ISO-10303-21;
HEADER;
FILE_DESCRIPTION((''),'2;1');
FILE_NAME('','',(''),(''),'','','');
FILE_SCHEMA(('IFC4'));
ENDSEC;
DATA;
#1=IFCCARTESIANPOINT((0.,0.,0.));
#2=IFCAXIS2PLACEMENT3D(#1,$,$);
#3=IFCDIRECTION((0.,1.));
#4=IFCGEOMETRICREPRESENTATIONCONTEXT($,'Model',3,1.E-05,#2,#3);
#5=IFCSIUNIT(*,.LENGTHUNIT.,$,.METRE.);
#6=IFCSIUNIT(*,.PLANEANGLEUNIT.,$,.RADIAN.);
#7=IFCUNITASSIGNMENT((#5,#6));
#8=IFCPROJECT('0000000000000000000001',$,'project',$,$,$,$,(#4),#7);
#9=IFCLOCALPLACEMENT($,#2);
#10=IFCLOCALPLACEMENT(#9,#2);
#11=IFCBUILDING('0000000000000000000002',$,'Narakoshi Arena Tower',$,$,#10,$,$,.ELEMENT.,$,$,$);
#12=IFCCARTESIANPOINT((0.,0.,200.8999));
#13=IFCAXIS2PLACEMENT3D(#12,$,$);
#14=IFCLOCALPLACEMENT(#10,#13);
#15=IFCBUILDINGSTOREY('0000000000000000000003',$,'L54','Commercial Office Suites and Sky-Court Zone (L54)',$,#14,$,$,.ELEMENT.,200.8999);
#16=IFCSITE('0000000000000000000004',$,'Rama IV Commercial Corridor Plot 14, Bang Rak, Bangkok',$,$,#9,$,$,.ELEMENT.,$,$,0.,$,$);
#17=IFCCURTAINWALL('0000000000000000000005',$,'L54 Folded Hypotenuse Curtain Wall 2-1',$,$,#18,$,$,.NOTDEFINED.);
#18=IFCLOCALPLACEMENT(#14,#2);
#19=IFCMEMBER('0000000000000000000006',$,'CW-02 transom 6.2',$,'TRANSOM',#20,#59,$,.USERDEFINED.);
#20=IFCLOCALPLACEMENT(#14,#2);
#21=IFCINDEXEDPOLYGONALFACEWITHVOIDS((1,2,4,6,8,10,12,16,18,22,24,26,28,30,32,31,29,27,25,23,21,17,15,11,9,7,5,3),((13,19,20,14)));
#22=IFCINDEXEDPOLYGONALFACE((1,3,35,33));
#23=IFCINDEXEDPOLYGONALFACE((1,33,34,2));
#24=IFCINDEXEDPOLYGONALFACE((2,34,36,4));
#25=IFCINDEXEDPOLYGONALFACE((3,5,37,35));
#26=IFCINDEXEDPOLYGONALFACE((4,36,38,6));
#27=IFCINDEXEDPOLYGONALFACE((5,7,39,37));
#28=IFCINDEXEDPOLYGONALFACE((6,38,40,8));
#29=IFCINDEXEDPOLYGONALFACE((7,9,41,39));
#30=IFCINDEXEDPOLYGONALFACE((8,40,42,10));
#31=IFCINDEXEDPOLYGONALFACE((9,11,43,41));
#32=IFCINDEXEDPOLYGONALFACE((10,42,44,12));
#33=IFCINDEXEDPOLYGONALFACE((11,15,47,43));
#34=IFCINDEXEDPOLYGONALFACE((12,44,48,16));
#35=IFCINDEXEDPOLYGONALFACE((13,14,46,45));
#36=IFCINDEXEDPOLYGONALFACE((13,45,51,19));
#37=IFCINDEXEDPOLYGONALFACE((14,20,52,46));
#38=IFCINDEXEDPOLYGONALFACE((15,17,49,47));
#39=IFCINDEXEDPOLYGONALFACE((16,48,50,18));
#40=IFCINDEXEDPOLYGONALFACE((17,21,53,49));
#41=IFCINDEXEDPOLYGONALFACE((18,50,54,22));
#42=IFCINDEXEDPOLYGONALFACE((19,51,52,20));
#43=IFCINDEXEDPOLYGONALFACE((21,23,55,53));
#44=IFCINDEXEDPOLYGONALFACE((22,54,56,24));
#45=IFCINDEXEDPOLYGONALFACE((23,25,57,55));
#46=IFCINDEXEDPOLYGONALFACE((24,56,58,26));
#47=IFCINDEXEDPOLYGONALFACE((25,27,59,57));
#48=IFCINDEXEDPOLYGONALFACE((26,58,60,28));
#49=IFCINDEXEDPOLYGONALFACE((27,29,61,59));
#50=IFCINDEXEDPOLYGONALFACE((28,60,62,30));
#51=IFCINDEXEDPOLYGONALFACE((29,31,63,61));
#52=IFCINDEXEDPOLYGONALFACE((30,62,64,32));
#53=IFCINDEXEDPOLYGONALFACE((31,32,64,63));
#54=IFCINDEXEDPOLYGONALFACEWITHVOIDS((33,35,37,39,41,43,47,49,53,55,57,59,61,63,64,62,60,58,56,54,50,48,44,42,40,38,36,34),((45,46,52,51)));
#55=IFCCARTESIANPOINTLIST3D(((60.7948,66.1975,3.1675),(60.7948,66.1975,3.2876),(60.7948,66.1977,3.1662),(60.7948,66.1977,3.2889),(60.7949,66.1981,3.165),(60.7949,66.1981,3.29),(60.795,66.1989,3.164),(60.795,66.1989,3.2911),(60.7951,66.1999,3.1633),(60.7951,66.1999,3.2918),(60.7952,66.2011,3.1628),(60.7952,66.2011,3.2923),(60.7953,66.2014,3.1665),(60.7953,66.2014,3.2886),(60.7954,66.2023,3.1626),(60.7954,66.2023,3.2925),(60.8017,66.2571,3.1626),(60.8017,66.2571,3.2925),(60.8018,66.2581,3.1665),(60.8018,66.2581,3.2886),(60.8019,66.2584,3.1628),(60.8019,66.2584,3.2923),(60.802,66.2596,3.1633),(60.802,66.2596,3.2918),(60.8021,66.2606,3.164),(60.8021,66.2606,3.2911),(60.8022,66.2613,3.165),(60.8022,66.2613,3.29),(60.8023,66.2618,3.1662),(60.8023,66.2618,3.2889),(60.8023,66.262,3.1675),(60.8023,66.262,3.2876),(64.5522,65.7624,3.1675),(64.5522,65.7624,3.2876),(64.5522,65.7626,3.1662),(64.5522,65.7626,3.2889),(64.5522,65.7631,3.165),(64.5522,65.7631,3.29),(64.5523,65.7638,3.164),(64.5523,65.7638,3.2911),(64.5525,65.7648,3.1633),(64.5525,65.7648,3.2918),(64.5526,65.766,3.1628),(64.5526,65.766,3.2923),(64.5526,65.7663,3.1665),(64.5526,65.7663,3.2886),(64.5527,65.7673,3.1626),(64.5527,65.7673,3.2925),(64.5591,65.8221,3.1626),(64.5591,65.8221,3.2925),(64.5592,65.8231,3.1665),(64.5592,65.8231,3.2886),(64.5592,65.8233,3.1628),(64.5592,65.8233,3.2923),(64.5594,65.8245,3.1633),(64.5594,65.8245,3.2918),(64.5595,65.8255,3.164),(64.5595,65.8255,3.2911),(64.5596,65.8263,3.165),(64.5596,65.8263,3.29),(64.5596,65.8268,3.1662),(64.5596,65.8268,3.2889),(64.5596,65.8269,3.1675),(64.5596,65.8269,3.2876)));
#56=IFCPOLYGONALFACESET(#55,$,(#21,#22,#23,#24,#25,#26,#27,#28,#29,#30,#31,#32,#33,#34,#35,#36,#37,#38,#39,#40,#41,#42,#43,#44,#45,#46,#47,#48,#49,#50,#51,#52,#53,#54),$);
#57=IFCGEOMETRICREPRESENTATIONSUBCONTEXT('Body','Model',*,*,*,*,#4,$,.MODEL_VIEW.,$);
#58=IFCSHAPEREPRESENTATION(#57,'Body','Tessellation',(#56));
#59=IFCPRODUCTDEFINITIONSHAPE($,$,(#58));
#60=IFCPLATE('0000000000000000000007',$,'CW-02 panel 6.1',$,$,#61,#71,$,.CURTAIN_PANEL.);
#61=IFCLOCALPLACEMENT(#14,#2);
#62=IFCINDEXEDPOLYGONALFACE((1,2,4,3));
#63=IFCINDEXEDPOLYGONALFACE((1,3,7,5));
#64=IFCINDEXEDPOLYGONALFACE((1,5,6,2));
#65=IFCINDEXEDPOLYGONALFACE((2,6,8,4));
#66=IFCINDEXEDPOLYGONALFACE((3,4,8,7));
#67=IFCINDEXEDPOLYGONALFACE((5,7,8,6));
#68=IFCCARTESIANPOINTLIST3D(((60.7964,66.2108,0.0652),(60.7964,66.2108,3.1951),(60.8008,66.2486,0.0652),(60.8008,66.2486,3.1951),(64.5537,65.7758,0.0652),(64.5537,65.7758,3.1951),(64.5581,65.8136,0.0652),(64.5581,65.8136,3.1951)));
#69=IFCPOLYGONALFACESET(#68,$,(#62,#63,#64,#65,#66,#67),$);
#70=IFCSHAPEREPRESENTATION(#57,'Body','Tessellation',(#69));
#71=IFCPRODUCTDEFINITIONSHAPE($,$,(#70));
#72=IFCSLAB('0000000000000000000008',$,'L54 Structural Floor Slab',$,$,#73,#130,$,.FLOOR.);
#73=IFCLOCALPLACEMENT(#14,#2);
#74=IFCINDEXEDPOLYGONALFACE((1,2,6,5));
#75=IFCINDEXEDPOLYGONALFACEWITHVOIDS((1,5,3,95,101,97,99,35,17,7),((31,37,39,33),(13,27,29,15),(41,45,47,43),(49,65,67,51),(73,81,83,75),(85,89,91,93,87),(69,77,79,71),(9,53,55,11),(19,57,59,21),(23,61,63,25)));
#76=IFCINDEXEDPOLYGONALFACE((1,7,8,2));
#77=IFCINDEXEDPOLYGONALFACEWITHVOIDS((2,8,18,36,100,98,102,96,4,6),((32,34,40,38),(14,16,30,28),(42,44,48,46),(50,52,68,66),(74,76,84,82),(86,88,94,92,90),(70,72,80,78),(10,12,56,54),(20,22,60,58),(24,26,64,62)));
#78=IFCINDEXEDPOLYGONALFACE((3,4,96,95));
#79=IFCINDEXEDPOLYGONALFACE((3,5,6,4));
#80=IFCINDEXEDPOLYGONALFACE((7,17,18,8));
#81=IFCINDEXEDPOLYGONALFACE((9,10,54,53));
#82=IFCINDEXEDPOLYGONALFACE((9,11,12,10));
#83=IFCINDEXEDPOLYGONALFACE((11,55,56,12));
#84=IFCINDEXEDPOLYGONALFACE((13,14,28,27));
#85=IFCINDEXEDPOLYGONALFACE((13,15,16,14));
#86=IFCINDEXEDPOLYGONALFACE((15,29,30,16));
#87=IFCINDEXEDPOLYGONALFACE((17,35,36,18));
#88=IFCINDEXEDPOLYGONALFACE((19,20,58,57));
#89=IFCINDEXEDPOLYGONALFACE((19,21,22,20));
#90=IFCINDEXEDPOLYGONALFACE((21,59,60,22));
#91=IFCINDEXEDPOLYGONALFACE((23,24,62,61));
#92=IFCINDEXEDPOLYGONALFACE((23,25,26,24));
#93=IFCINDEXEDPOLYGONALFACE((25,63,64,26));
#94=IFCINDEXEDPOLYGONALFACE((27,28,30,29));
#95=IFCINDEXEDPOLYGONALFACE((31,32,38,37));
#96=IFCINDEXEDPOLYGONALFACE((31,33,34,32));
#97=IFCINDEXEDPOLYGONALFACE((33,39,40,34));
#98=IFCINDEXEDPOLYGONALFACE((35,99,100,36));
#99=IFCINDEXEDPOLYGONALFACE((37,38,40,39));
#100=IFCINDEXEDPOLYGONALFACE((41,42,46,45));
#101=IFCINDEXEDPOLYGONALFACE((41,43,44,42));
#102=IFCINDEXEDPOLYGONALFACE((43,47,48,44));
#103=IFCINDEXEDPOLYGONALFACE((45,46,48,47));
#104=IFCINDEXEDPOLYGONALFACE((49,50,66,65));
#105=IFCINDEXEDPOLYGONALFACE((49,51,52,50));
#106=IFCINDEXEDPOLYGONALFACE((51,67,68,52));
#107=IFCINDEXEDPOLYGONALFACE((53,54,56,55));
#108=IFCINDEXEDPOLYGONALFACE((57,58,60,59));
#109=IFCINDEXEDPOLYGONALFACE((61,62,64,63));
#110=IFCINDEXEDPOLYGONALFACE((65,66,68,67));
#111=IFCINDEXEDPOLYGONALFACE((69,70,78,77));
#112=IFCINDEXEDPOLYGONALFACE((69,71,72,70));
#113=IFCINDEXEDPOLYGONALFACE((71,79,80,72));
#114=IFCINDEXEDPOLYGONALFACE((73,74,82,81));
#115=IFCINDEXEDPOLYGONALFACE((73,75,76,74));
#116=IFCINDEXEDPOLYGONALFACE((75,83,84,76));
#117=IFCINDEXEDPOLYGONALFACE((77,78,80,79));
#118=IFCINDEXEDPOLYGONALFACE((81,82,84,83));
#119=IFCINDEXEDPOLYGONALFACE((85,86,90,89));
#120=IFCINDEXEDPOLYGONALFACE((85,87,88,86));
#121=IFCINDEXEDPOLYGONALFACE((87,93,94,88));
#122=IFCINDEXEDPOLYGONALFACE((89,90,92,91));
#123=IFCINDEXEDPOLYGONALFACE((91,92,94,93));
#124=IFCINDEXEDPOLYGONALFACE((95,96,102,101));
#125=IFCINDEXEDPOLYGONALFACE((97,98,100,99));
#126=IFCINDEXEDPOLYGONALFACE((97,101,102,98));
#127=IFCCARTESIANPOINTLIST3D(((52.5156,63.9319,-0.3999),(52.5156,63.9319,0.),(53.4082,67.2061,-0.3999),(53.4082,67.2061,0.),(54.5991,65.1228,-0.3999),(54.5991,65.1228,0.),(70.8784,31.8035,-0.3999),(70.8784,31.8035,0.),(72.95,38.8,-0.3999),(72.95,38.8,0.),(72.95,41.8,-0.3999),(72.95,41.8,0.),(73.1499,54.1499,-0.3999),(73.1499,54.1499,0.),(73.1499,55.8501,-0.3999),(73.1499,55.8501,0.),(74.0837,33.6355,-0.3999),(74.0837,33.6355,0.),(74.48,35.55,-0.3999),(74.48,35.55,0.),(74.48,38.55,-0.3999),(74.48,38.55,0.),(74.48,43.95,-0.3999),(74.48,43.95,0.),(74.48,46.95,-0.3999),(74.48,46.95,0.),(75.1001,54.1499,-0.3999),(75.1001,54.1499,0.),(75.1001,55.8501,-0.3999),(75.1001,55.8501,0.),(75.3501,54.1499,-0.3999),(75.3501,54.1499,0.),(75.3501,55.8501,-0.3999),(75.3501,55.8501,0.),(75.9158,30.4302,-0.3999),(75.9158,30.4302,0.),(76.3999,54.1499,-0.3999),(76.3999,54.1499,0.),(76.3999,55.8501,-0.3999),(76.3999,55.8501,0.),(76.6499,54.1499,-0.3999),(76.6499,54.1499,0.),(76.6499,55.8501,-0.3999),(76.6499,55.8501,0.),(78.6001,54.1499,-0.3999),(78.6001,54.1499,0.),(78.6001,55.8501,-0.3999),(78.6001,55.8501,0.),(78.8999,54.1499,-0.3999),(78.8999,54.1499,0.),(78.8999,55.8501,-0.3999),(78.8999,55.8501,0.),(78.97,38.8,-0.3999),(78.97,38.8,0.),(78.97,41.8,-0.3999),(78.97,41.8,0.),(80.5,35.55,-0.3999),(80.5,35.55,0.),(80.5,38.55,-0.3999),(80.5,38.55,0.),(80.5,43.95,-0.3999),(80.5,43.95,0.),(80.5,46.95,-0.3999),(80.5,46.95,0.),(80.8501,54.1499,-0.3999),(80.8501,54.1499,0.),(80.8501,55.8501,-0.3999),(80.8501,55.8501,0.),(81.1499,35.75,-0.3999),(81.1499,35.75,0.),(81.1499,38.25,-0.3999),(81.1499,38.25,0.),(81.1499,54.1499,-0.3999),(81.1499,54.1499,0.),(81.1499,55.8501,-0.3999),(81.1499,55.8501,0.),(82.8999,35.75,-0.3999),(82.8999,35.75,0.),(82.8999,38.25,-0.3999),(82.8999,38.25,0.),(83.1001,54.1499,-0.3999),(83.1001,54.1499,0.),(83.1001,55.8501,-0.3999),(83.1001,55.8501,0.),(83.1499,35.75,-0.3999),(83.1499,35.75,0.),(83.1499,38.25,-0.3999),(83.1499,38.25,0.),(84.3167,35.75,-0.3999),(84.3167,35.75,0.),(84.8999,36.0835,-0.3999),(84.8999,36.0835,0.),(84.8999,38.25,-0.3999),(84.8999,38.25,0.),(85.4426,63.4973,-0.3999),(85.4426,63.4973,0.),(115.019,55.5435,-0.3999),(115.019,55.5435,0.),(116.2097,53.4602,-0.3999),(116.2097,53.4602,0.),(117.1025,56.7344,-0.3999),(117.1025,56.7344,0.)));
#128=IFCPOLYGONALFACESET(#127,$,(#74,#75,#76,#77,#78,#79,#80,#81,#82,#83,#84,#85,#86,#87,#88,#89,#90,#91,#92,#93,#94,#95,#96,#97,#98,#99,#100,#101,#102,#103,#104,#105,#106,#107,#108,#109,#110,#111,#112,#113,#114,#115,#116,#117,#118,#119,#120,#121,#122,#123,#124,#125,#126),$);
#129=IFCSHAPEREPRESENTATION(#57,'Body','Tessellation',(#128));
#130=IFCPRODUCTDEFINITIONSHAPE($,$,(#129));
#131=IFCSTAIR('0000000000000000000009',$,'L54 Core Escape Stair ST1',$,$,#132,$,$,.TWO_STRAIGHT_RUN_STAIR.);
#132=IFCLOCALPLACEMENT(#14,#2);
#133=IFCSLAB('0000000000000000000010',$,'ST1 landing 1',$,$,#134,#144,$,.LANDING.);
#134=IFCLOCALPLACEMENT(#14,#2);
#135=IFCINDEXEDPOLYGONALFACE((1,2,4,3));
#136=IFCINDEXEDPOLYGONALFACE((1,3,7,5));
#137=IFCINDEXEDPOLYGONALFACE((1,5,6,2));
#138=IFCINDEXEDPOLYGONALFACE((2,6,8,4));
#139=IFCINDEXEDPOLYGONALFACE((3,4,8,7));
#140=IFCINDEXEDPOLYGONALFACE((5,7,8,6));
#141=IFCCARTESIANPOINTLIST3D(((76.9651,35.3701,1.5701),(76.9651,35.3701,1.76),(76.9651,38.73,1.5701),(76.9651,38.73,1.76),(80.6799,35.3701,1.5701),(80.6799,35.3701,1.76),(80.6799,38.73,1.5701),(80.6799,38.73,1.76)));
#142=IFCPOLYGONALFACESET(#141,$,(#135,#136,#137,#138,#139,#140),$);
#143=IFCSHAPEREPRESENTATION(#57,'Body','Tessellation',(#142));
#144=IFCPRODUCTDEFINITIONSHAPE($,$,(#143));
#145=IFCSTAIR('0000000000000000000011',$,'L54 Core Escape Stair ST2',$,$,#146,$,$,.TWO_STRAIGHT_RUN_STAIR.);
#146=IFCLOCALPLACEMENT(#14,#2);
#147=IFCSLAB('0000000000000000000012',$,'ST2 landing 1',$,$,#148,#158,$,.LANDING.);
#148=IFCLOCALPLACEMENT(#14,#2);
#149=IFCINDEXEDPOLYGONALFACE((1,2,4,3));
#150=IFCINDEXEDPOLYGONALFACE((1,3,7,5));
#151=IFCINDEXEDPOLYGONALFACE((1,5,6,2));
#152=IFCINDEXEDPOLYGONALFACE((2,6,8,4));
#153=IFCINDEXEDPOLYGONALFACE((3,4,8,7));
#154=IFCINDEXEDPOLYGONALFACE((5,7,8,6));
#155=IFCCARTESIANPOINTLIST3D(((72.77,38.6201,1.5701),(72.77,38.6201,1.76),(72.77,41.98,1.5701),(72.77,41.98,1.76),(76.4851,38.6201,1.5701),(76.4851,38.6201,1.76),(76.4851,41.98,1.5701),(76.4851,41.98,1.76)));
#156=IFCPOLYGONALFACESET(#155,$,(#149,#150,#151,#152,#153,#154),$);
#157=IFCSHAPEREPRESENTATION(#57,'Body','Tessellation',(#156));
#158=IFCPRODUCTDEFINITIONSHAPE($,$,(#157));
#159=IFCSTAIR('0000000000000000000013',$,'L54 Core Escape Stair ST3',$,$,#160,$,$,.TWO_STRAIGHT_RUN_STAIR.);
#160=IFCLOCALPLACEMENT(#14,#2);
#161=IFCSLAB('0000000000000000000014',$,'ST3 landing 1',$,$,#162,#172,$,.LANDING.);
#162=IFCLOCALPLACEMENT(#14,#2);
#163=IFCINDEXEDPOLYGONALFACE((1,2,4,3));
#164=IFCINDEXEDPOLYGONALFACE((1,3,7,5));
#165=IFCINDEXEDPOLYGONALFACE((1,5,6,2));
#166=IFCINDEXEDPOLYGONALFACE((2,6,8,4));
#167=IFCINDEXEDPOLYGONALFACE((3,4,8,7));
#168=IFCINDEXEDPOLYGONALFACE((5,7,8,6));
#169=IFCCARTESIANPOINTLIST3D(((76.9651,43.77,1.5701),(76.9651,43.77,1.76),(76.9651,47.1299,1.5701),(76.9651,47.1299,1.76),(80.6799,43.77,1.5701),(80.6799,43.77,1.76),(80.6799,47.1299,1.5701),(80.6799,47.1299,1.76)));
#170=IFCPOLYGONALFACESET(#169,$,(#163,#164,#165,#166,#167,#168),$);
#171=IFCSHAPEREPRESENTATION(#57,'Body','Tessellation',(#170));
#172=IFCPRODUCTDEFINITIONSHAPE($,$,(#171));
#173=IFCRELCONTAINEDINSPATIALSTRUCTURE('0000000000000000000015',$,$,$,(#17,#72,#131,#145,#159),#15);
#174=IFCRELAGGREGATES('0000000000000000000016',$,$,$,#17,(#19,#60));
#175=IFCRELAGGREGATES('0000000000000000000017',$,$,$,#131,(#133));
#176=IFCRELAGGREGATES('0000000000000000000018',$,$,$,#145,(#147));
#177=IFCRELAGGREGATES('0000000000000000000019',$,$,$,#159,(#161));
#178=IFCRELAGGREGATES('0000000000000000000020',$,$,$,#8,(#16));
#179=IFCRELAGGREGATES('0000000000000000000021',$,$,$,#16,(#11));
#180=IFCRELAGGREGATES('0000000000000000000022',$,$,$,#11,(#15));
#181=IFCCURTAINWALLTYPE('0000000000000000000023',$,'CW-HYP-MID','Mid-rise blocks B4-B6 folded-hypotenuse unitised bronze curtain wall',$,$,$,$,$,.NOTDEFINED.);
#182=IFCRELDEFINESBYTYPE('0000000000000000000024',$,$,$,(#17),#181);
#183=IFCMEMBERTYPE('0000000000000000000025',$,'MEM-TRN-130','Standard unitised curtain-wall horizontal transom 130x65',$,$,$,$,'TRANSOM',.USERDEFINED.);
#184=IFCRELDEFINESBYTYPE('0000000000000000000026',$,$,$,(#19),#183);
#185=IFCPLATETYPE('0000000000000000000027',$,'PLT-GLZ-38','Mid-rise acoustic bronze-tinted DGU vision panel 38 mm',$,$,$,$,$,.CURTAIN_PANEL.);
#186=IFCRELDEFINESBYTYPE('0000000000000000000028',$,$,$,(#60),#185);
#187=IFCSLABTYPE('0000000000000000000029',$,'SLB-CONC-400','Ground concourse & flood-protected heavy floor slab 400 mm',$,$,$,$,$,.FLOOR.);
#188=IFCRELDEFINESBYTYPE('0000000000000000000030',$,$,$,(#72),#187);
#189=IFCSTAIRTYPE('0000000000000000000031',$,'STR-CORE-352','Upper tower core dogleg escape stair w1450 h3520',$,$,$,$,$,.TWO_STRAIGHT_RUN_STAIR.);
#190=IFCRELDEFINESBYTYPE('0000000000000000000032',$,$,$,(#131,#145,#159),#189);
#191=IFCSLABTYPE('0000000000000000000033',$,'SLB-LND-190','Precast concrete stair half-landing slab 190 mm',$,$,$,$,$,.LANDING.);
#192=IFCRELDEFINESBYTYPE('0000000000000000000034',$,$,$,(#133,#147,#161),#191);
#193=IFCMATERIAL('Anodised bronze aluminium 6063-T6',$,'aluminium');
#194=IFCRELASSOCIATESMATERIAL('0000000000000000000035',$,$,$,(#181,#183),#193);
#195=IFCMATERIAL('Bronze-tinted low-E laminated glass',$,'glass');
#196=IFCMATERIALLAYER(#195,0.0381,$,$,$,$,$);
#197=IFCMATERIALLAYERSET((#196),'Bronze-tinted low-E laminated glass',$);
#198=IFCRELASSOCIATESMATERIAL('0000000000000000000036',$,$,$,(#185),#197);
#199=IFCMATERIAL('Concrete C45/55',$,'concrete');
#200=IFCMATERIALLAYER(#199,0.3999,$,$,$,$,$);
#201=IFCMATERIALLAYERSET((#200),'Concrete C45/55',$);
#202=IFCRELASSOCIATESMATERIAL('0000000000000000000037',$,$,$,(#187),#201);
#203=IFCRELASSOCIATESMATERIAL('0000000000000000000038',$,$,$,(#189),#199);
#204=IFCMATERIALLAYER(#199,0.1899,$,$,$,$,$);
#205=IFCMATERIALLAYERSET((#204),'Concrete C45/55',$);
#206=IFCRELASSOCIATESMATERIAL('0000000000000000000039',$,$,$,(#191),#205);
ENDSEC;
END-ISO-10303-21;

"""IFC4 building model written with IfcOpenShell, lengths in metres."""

from ifc_helpers import new_model, si_unit, direction, frame, origin, origin_2d, place, context, subcontext, project, spatial, polyline, rectangle, hollow_rectangle, outline, extrude, material, layer, layer_set, material_profile, profile_set, type_object, element, aggregate, save


model = new_model("IFC4")

# Units and contexts
model_context = context("Model", 3, precision=1e-05, world=origin(), true_north=direction((0.0, 1.0)))
body_context = subcontext(model_context, "Body", "Model", "MODEL_VIEW")
ifc_project = project(units=[si_unit("LENGTHUNIT", "METRE"), si_unit("PLANEANGLEUNIT", "RADIAN")], contexts=[model_context])

# Site, building, storey
site_placement = place(None, origin())
site = spatial("IfcSite", under=ifc_project, at=site_placement, Name="Rama IV Commercial Corridor Plot 14, Bang Rak, Bangkok", CompositionType="ELEMENT", RefElevation=0.0)
building_placement = place(site_placement, origin())
building = spatial("IfcBuilding", under=site, at=building_placement, Name="Narakoshi Arena Tower", CompositionType="ELEMENT")
storey_placement = place(building_placement, frame((0.0, 0.0, 200.8999)))
storey = spatial("IfcBuildingStorey", under=building, at=storey_placement, Name="L54", Description="Commercial Office Suites and Sky-Court Zone (L54)", CompositionType="ELEMENT", Elevation=200.8999)

# Curtain wall, member, plate
ifc_material_1 = material(Name="Anodised bronze aluminium 6063-T6", Category="aluminium")
curtain_wall_type = type_object("IfcCurtainWallType", Name="CW-HYP-MID", Description="Mid-rise blocks B4-B6 folded-hypotenuse unitised bronze curtain wall", PredefinedType="NOTDEFINED", material=ifc_material_1)
curtain_wall_placement = place(storey_placement, origin())
curtain_wall = element("IfcCurtainWall", 1, at=curtain_wall_placement, inside=storey, type_object=curtain_wall_type, Name="L54 Folded Hypotenuse Curtain Wall 2-1", PredefinedType="NOTDEFINED")
ifc_material_profile_1 = material_profile(ifc_material_1, hollow_rectangle(XDim=0.0649, YDim=0.1299, WallThickness=0.0039, OuterFilletRadius=0.0049, at=origin_2d()), Name="TRN130x65x4")
ifc_profile_set_1 = profile_set([ifc_material_profile_1], Name="Anodised bronze aluminium 6063-T6")
member_type_1 = type_object("IfcMemberType", Name="MEM-TRN-130", Description="Standard unitised curtain-wall horizontal transom 130x65", ElementType="TRANSOM", PredefinedType="USERDEFINED", material=ifc_profile_set_1)
member_1_placement = place(storey_placement, frame((64.5559, 65.7947, 3.2275), z_axis=(-0.993363, 0.115021, 0.0), x_axis=(-0.115021, -0.993363, 0.0)))
member_1 = element("IfcMember", 2, at=member_1_placement, type_object=member_type_1, Name="CW-02 transom 6.2", ObjectType="TRANSOM", PredefinedType="USERDEFINED", context=body_context, shape_type="SweptSolid", body=[
    extrude(hollow_rectangle(XDim=0.0649, YDim=0.1299, WallThickness=0.0039, OuterFilletRadius=0.0049, at=origin_2d()), origin(), (0.0, 0.0, 1.0), 3.7825),
])
ifc_material_2 = material(Name="Bronze-tinted low-E laminated glass", Category="glass")
ifc_layer_1 = layer(ifc_material_2, 0.0381)
ifc_layer_set_1 = layer_set([ifc_layer_1], Name="Bronze-tinted low-E laminated glass")
plate_type = type_object("IfcPlateType", Name="PLT-GLZ-38", Description="Mid-rise acoustic bronze-tinted DGU vision panel 38 mm", PredefinedType="CURTAIN_PANEL", material=ifc_layer_set_1)
plate_placement = place(storey_placement, frame((62.6772, 66.0122, 0.0652), z_axis=(0.0, 0.0, 1.0), x_axis=(-0.993364, 0.115011, 0.0)))
plate = element("IfcPlate", 3, at=plate_placement, type_object=plate_type, Name="CW-02 panel 6.1", PredefinedType="CURTAIN_PANEL", context=body_context, shape_type="SweptSolid", body=[
    extrude(rectangle(XDim=3.7825, YDim=0.0381, at=origin_2d()), origin(), (0.0, 0.0, 1.0), 3.1299),
])
aggregate(curtain_wall, [member_1, plate])

# Slab
ifc_material_3 = material(Name="Concrete C45/55", Category="concrete")
ifc_layer_2 = layer(ifc_material_3, 0.3999)
ifc_layer_set_2 = layer_set([ifc_layer_2], Name="Concrete C45/55")
slab_type_1 = type_object("IfcSlabType", Name="SLB-CONC-400", Description="Ground concourse & flood-protected heavy floor slab 400 mm", PredefinedType="FLOOR", material=ifc_layer_set_2)
slab_1_placement = place(storey_placement, frame((0.0, 0.0, -0.3999)))
element("IfcSlab", 4, at=slab_1_placement, inside=storey, type_object=slab_type_1, Name="L54 Structural Floor Slab", PredefinedType="FLOOR", context=body_context, shape_type="SweptSolid", body=[
    extrude(outline(polyline([(75.9158, 30.4302), (116.2097, 53.4602), (115.019, 55.5435), (117.1025, 56.7344), (85.4426, 63.4973), (53.4082, 67.2061), (54.5991, 65.1228), (52.5156, 63.9319), (70.8784, 31.8035), (74.0837, 33.6355), (75.9158, 30.4302)]), holes=[polyline([(80.5, 35.55), (74.48, 35.55), (74.48, 38.55), (80.5, 38.55), (80.5, 35.55)]), polyline([(82.8999, 35.75), (81.1499, 35.75), (81.1499, 38.25), (82.8999, 38.25), (82.8999, 35.75)]), polyline([(84.8999, 36.0835), (84.3167, 35.75), (83.1499, 35.75), (83.1499, 38.25), (84.8999, 38.25), (84.8999, 36.0835)]), polyline([(72.95, 38.8), (72.95, 41.8), (78.97, 41.8), (78.97, 38.8), (72.95, 38.8)]), polyline([(74.48, 43.95), (74.48, 46.95), (80.5, 46.95), (80.5, 43.95), (74.48, 43.95)]), polyline([(75.1001, 54.1499), (73.1499, 54.1499), (73.1499, 55.8501), (75.1001, 55.8501), (75.1001, 54.1499)]), polyline([(76.3999, 54.1499), (75.3501, 54.1499), (75.3501, 55.8501), (76.3999, 55.8501), (76.3999, 54.1499)]), polyline([(78.6001, 54.1499), (76.6499, 54.1499), (76.6499, 55.8501), (78.6001, 55.8501), (78.6001, 54.1499)]), polyline([(78.8999, 54.1499), (78.8999, 55.8501), (80.8501, 55.8501), (80.8501, 54.1499), (78.8999, 54.1499)]), polyline([(81.1499, 54.1499), (81.1499, 55.8501), (83.1001, 55.8501), (83.1001, 54.1499), (81.1499, 54.1499)])]), origin(), (0.0, 0.0, 1.0), 0.3999),
])

# Stairs, slabs
stair_type = type_object("IfcStairType", Name="STR-CORE-352", Description="Upper tower core dogleg escape stair w1450 h3520", PredefinedType="TWO_STRAIGHT_RUN_STAIR", material=ifc_material_3)
stair_1_placement = place(storey_placement, origin())
stair_1 = element("IfcStair", 5, at=stair_1_placement, inside=storey, type_object=stair_type, Name="L54 Core Escape Stair ST1", PredefinedType="TWO_STRAIGHT_RUN_STAIR")
ifc_layer_3 = layer(ifc_material_3, 0.1899)
ifc_layer_set_3 = layer_set([ifc_layer_3], Name="Concrete C45/55")
slab_type_2 = type_object("IfcSlabType", Name="SLB-LND-190", Description="Precast concrete stair half-landing slab 190 mm", PredefinedType="LANDING", material=ifc_layer_set_3)
slab_2_placement = place(storey_placement, frame((0.0, 0.0, 1.5701)))
slab_2 = element("IfcSlab", 6, at=slab_2_placement, type_object=slab_type_2, Name="ST1 landing 1", PredefinedType="LANDING", context=body_context, shape_type="SweptSolid", body=[
    extrude(outline(polyline([(76.9651, 35.3701), (80.6799, 35.3701), (80.6799, 38.73), (76.9651, 38.73), (76.9651, 35.3701)])), origin(), (0.0, 0.0, 1.0), 0.1899),
])
aggregate(stair_1, [slab_2])
stair_2_placement = place(storey_placement, origin())
stair_2 = element("IfcStair", 7, at=stair_2_placement, inside=storey, type_object=stair_type, Name="L54 Core Escape Stair ST2", PredefinedType="TWO_STRAIGHT_RUN_STAIR")
slab_3_placement = place(storey_placement, frame((0.0, 0.0, 1.5701)))
slab_3 = element("IfcSlab", 8, at=slab_3_placement, type_object=slab_type_2, Name="ST2 landing 1", PredefinedType="LANDING", context=body_context, shape_type="SweptSolid", body=[
    extrude(outline(polyline([(72.77, 38.6201), (76.4851, 38.6201), (76.4851, 41.98), (72.77, 41.98), (72.77, 38.6201)])), origin(), (0.0, 0.0, 1.0), 0.1899),
])
aggregate(stair_2, [slab_3])
stair_3_placement = place(storey_placement, origin())
stair_3 = element("IfcStair", 9, at=stair_3_placement, inside=storey, type_object=stair_type, Name="L54 Core Escape Stair ST3", PredefinedType="TWO_STRAIGHT_RUN_STAIR")
slab_4_placement = place(storey_placement, frame((0.0, 0.0, 1.5701)))
slab_4 = element("IfcSlab", 10, at=slab_4_placement, type_object=slab_type_2, Name="ST3 landing 1", PredefinedType="LANDING", context=body_context, shape_type="SweptSolid", body=[
    extrude(outline(polyline([(76.9651, 43.77), (80.6799, 43.77), (80.6799, 47.1299), (76.9651, 47.1299), (76.9651, 43.77)])), origin(), (0.0, 0.0, 1.0), 0.1899),
])
aggregate(stair_3, [slab_4])

save(model, "model.ifc")
